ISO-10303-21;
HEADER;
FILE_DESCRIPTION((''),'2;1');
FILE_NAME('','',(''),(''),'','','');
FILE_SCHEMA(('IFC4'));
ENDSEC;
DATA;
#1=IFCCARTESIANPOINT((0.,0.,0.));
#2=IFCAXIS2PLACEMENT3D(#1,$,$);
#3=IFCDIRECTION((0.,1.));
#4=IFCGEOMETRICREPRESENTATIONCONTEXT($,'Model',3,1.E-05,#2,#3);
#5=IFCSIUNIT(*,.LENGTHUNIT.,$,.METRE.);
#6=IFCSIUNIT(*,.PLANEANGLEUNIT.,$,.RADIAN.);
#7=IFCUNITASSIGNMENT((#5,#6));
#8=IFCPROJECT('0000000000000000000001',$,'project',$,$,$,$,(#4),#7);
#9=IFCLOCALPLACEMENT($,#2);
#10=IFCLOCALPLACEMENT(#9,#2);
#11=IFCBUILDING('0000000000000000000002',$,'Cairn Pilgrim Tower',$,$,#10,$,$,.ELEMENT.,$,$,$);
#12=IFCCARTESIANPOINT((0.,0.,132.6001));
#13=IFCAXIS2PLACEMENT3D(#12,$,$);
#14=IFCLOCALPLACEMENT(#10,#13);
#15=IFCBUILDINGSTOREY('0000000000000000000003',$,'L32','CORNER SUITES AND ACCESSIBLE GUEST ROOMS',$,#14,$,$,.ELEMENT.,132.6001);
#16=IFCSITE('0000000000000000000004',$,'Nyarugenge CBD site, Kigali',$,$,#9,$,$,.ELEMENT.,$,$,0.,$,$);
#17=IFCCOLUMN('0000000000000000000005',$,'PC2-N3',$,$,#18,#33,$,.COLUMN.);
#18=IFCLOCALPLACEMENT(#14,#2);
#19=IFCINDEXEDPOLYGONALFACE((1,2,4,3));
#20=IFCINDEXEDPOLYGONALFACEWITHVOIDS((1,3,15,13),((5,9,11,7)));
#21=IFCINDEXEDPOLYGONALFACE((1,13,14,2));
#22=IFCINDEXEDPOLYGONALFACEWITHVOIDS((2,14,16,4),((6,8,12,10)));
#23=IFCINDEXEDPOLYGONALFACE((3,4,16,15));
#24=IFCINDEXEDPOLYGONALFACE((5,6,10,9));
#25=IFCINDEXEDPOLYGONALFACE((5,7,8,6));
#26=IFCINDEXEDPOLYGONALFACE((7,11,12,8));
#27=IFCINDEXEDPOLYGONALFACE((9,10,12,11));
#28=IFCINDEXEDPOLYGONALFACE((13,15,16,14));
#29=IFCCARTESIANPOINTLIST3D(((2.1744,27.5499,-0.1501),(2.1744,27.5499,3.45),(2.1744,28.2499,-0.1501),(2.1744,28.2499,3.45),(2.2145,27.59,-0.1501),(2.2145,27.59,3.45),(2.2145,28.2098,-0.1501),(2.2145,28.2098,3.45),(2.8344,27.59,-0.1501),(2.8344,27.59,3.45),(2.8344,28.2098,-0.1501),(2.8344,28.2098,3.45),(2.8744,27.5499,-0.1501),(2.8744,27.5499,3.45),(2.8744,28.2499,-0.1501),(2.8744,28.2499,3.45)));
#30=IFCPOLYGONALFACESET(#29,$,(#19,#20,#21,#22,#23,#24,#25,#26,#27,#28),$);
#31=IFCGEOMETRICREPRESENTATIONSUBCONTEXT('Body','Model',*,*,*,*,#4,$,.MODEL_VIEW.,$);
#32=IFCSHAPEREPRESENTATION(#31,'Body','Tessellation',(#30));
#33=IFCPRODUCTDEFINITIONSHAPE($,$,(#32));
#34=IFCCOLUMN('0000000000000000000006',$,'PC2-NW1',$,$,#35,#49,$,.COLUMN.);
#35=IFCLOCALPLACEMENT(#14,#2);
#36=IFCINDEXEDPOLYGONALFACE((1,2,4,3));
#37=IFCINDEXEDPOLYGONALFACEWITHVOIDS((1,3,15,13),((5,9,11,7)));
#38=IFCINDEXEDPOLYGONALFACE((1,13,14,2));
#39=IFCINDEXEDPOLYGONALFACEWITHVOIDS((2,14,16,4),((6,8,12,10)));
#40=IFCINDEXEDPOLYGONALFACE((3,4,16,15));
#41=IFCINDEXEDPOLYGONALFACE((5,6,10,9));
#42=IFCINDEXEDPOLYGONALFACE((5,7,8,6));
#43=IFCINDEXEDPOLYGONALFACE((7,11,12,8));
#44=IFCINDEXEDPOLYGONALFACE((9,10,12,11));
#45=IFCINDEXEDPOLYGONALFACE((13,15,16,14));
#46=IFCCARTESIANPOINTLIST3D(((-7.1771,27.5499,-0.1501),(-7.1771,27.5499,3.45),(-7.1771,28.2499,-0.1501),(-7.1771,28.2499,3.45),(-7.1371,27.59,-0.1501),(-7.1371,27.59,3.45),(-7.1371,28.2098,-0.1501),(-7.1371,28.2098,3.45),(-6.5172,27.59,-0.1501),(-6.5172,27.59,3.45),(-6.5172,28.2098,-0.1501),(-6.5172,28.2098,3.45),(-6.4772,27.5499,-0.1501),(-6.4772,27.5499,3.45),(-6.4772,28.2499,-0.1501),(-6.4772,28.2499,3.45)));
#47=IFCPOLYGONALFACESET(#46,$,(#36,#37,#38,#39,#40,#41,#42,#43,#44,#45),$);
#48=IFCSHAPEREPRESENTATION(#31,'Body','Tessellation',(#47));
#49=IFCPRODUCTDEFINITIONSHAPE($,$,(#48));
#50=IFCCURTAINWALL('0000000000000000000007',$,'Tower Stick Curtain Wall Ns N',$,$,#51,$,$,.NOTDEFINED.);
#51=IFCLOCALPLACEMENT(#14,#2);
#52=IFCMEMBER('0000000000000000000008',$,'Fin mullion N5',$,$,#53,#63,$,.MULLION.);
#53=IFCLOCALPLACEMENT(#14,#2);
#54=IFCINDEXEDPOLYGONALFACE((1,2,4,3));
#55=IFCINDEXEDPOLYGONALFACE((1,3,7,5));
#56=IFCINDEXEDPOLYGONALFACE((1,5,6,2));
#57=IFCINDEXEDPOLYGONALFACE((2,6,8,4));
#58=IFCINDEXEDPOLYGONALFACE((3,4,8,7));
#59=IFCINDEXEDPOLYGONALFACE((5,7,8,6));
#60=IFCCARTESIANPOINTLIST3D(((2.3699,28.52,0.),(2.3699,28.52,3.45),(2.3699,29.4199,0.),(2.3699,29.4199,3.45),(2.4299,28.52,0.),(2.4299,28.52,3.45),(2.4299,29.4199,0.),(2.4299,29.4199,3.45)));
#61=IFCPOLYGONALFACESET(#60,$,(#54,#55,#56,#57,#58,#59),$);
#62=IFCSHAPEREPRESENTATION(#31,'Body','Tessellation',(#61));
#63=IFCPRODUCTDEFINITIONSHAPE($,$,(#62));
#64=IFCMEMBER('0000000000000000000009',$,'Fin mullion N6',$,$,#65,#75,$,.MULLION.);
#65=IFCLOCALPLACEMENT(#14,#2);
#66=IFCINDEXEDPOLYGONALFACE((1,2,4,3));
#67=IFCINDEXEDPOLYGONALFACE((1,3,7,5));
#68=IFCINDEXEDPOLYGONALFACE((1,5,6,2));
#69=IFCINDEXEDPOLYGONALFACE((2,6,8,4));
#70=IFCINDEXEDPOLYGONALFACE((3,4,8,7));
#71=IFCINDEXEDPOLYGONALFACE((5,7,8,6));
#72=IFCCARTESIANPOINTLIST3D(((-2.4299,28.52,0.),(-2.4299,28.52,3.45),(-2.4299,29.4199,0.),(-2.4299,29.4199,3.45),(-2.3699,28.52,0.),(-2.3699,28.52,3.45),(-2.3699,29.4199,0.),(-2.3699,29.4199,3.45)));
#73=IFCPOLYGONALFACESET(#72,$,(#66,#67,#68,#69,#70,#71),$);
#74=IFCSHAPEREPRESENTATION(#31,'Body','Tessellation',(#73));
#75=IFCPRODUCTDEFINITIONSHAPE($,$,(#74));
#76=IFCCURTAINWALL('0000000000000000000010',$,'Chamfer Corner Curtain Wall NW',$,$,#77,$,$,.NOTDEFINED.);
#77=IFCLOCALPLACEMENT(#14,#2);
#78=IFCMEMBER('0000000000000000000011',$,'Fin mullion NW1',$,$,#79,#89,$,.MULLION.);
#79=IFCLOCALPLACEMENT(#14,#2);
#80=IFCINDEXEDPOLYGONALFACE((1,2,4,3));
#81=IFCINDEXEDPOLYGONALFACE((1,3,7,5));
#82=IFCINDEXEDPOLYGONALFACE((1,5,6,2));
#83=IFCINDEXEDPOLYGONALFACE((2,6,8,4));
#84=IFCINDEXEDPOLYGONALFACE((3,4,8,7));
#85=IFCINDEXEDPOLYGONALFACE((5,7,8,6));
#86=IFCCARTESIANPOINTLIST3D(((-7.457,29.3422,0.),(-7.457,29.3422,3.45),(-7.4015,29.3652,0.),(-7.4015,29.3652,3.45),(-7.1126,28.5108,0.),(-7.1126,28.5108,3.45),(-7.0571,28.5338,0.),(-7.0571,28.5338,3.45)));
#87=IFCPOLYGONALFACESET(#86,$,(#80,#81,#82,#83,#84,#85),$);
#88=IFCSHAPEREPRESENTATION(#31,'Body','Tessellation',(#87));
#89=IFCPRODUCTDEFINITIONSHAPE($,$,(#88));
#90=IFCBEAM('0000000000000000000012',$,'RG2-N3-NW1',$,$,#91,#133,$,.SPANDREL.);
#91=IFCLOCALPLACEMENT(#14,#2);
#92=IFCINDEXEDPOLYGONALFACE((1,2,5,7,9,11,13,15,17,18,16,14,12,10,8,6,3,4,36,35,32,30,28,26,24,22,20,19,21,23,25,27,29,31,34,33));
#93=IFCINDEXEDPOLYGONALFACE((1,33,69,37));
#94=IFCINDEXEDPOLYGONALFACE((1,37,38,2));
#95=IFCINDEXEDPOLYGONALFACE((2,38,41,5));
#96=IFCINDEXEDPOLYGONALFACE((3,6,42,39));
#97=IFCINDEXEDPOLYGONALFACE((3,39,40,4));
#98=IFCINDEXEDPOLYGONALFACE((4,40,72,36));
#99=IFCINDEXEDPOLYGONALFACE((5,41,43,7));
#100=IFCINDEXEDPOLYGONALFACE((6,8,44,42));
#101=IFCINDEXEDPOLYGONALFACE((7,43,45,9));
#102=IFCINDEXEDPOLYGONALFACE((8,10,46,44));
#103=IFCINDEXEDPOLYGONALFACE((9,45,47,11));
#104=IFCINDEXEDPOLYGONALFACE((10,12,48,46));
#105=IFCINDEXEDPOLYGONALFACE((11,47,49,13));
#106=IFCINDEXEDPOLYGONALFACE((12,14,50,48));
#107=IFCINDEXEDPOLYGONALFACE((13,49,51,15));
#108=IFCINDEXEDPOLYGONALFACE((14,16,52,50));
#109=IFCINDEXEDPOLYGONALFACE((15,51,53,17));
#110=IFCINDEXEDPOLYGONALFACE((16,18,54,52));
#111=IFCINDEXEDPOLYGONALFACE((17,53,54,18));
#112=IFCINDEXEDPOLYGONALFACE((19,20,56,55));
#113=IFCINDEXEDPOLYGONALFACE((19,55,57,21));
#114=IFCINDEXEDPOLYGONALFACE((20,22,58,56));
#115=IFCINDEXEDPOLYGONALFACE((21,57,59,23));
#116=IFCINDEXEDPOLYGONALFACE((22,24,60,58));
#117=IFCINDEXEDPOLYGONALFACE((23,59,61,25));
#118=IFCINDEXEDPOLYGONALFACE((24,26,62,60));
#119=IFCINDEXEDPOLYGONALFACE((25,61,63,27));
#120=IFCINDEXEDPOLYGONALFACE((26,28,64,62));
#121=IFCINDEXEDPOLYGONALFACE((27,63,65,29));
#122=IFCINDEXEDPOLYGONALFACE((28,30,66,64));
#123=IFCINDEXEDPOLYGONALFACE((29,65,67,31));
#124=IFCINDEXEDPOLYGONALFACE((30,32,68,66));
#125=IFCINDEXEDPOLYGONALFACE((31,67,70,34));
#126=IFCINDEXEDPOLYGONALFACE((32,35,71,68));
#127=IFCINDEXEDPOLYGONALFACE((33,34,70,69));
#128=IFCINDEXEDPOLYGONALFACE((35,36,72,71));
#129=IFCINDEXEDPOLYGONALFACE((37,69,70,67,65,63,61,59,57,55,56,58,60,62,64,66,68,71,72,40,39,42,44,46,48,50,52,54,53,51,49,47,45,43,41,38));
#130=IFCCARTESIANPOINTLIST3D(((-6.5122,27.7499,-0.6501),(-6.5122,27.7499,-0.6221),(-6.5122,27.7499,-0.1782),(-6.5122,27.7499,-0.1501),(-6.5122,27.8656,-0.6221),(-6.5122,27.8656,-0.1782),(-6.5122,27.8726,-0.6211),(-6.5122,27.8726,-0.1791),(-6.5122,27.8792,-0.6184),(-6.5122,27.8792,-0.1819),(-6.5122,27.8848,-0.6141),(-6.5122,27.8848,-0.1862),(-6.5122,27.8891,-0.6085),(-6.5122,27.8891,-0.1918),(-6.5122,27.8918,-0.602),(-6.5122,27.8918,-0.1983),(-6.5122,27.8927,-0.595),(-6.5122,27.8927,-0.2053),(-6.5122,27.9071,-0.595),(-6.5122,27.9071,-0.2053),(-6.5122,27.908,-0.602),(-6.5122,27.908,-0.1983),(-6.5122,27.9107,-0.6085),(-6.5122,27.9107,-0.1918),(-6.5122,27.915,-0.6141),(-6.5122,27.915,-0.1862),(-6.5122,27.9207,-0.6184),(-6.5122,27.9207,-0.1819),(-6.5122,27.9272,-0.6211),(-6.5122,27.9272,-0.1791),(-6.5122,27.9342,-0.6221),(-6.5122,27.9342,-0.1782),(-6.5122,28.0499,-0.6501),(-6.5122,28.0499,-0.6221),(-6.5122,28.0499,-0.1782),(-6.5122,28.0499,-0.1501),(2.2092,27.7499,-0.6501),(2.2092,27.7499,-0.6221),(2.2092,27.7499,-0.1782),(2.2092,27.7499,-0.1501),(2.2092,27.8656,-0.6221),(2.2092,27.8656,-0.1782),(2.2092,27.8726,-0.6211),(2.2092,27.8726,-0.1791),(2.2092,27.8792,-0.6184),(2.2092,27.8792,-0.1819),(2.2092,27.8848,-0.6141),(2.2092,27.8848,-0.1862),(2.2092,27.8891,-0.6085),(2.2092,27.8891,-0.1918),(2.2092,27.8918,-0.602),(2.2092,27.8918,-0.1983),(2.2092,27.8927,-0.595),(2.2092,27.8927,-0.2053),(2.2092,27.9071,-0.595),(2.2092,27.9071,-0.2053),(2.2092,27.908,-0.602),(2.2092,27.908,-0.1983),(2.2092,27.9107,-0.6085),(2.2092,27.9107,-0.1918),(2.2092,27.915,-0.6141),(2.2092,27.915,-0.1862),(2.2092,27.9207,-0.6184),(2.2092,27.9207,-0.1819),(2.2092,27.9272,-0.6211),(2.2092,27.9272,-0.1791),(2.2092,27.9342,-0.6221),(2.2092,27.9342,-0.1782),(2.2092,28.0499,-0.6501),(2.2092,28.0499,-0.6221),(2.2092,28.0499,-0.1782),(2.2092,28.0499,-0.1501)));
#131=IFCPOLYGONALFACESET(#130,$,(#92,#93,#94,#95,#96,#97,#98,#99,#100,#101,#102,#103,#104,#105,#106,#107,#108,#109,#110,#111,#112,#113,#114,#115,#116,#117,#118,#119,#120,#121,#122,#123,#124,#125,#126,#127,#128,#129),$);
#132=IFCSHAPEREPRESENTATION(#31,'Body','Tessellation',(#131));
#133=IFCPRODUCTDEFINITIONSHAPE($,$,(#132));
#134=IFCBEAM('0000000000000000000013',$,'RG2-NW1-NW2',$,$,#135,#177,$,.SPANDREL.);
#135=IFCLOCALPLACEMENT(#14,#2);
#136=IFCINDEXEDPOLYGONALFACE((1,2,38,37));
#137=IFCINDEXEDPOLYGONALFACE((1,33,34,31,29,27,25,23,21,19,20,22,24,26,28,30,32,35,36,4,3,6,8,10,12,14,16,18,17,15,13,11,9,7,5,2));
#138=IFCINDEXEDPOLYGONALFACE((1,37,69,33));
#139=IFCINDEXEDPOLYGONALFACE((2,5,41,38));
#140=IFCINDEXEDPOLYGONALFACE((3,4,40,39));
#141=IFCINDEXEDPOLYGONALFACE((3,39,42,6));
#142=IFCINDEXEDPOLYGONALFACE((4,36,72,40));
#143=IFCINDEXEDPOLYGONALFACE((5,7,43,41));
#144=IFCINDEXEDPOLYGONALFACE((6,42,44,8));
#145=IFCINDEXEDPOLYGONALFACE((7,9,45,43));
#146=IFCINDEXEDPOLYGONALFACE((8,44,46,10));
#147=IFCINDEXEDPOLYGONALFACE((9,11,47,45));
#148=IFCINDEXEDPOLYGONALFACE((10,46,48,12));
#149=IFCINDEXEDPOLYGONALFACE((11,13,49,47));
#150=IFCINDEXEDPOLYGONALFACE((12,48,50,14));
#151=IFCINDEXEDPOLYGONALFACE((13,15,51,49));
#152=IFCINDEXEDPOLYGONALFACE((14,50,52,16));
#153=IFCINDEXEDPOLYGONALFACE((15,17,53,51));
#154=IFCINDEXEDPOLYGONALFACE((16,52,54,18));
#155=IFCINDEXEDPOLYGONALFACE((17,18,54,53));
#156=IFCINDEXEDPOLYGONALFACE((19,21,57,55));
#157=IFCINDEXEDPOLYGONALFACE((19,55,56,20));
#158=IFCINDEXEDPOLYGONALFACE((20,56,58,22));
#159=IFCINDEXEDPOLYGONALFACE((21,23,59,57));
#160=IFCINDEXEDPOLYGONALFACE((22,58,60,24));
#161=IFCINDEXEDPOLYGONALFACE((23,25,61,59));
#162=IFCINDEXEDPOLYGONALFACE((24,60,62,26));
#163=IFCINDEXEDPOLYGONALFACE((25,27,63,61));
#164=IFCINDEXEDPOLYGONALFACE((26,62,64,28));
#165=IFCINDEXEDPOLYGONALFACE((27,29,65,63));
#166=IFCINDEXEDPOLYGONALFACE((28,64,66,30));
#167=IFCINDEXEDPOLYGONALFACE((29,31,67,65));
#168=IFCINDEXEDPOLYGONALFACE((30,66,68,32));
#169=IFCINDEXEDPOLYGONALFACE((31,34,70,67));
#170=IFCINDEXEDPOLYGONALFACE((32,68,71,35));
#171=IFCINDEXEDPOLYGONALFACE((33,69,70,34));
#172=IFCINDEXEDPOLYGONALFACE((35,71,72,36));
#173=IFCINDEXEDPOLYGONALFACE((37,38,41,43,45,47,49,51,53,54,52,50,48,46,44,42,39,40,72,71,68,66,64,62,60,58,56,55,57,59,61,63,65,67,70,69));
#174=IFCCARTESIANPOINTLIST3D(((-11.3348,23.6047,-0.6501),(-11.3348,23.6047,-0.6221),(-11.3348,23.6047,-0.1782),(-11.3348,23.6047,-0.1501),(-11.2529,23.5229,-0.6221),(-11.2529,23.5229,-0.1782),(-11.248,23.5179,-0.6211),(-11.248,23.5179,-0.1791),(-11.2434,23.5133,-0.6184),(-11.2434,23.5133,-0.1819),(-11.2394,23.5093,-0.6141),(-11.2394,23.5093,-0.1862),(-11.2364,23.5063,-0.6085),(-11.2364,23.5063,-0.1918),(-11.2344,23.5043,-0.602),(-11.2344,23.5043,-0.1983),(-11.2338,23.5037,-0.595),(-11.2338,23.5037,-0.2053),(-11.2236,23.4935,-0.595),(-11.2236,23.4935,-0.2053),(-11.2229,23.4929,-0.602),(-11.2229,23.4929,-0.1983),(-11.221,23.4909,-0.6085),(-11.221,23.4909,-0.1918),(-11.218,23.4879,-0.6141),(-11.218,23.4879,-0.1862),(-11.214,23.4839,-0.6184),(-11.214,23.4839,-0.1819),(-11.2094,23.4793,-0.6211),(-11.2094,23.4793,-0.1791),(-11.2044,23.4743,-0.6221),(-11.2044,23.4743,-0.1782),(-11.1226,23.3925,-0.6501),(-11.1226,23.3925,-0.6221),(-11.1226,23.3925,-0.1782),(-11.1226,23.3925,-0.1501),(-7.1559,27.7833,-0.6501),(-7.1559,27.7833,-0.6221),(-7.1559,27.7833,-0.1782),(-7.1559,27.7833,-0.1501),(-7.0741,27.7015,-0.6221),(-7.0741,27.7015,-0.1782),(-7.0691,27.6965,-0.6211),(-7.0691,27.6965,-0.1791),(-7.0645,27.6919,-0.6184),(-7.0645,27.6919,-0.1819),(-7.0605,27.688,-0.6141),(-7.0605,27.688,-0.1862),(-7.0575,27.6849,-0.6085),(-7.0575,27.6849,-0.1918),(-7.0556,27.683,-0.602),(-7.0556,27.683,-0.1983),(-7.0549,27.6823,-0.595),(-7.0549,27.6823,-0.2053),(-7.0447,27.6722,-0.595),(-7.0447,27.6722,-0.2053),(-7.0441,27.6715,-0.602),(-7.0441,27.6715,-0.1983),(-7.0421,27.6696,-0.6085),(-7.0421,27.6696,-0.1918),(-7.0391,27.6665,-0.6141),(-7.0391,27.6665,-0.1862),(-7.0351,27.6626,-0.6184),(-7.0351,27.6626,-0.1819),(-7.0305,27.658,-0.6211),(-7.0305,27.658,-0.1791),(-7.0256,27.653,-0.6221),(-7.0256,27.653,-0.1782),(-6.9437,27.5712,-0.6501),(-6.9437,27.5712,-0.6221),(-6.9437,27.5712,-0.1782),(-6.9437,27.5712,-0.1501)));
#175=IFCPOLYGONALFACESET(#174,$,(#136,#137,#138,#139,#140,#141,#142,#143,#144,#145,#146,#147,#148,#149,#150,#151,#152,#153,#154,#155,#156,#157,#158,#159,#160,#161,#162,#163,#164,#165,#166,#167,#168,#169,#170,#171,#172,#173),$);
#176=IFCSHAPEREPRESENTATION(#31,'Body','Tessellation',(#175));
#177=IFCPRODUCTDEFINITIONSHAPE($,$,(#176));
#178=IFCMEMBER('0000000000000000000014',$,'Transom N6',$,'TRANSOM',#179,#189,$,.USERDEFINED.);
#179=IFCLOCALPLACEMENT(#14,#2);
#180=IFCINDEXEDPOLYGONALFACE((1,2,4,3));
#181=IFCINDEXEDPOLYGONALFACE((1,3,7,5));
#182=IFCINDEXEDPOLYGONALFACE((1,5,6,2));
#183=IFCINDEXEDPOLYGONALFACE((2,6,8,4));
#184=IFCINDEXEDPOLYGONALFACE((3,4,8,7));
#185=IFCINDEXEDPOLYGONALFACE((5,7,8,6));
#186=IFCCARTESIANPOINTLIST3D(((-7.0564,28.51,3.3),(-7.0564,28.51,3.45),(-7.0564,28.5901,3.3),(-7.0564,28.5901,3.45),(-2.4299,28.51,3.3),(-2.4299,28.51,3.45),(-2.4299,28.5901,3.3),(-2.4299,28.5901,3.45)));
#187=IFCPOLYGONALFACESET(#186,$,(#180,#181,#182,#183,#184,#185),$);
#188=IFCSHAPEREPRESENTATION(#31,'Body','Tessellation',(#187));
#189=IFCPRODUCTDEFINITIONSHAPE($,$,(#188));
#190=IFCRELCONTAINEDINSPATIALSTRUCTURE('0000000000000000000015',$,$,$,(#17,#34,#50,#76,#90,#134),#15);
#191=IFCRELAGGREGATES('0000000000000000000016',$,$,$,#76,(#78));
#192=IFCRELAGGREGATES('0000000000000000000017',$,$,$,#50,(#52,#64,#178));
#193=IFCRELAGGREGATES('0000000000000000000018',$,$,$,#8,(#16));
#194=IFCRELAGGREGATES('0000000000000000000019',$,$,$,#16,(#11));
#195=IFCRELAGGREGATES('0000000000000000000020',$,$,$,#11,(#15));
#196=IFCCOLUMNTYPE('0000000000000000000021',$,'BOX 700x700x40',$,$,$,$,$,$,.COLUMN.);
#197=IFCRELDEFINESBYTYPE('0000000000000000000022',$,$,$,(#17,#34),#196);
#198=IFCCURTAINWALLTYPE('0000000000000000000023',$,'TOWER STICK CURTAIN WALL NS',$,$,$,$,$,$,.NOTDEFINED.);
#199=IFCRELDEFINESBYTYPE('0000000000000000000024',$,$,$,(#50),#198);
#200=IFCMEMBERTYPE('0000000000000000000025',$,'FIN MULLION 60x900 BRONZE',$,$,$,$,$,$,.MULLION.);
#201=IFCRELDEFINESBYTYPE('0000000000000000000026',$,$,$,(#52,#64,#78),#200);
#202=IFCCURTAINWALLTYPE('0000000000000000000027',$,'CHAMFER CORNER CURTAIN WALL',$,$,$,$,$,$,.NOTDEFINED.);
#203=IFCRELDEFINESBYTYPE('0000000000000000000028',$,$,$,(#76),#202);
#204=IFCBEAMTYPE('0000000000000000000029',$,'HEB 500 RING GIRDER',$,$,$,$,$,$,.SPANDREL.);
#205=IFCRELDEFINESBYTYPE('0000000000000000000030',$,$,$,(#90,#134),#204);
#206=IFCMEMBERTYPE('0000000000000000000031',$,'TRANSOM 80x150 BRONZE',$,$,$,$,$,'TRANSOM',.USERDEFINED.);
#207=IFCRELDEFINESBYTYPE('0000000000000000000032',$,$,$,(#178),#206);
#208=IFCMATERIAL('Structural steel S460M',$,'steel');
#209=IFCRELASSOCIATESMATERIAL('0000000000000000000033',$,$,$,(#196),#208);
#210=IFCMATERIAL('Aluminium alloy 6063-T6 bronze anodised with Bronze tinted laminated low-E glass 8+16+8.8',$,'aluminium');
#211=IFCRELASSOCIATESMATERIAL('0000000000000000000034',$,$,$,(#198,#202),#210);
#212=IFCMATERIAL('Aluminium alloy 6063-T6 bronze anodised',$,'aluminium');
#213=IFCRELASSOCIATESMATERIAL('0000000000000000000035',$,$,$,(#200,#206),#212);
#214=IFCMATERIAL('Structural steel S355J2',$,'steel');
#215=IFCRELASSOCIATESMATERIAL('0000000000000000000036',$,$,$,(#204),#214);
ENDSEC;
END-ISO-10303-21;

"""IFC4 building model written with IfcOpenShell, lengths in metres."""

from ifc_helpers import new_model, si_unit, direction, frame, origin, origin_2d, place, context, subcontext, project, spatial, rectangle, hollow_rectangle, i_section, extrude, material, material_profile, profile_set, type_object, element, aggregate, save


model = new_model("IFC4")

# Units and contexts
model_context = context("Model", 3, precision=1e-05, world=origin(), true_north=direction((0.0, 1.0)))
body_context = subcontext(model_context, "Body", "Model", "MODEL_VIEW")
ifc_project = project(units=[si_unit("LENGTHUNIT", "METRE"), si_unit("PLANEANGLEUNIT", "RADIAN")], contexts=[model_context])

# Site, building, storey
site_placement = place(None, origin())
site = spatial("IfcSite", under=ifc_project, at=site_placement, Name="Nyarugenge CBD site, Kigali", CompositionType="ELEMENT", RefElevation=0.0)
building_placement = place(site_placement, origin())
building = spatial("IfcBuilding", under=site, at=building_placement, Name="Cairn Pilgrim Tower", CompositionType="ELEMENT")
storey_placement = place(building_placement, frame((0.0, 0.0, 132.6001)))
storey = spatial("IfcBuildingStorey", under=building, at=storey_placement, Name="L32", Description="CORNER SUITES AND ACCESSIBLE GUEST ROOMS", CompositionType="ELEMENT", Elevation=132.6001)

# Columns
ifc_material_1 = material(Name="Structural steel S460M", Category="steel")
ifc_material_profile_1 = material_profile(ifc_material_1, hollow_rectangle(XDim=0.7, YDim=0.7, WallThickness=0.04, at=origin_2d()), Name="BOX 700x700x40")
ifc_profile_set_1 = profile_set([ifc_material_profile_1], Name="Structural steel S460M")
column_type = type_object("IfcColumnType", Name="BOX 700x700x40", PredefinedType="COLUMN", material=ifc_profile_set_1)
for number, where, z_axis, x_axis, name in (
    (1, (2.5244, 27.8999, -0.1501), (0.0, 0.0, 1.0), (1.0, 0.0, 0.0), "PC2-N3"),
    (2, (-6.8271, 27.8999, -0.1501), (0.0, 0.0, 1.0), (1.0, 0.0, 0.0), "PC2-NW1"),
):
    element("IfcColumn", number, at=place(storey_placement, frame(where, z_axis=z_axis, x_axis=x_axis)), inside=storey, type_object=column_type, Name=name, PredefinedType="COLUMN", context=body_context, shape_type="SweptSolid", body=[
        extrude(hollow_rectangle(XDim=0.7, YDim=0.7, WallThickness=0.04, at=origin_2d()), origin(), (0.0, 0.0, 1.0), 3.6001),
    ])

# Curtain wall, members
ifc_material_2 = material(Name="Aluminium alloy 6063-T6 bronze anodised with Bronze tinted laminated low-E glass 8+16+8.8", Category="aluminium")
curtain_wall_type_1 = type_object("IfcCurtainWallType", Name="TOWER STICK CURTAIN WALL NS", PredefinedType="NOTDEFINED", material=ifc_material_2)
curtain_wall_1_placement = place(storey_placement, origin())
curtain_wall_1 = element("IfcCurtainWall", 3, at=curtain_wall_1_placement, inside=storey, type_object=curtain_wall_type_1, Name="Tower Stick Curtain Wall Ns N", PredefinedType="NOTDEFINED")
ifc_material_3 = material(Name="Aluminium alloy 6063-T6 bronze anodised", Category="aluminium")
ifc_material_profile_2 = material_profile(ifc_material_3, rectangle(XDim=0.8999, YDim=0.0601, at=origin_2d()), Name="FIN MULLION 60x900 BRONZE")
ifc_profile_set_2 = profile_set([ifc_material_profile_2], Name="Aluminium alloy 6063-T6 bronze anodised")
member_type_1 = type_object("IfcMemberType", Name="FIN MULLION 60x900 BRONZE", PredefinedType="MULLION", material=ifc_profile_set_2)
member_1_placement = place(storey_placement, frame((2.3999, 28.97, 0.0), z_axis=(0.0, 0.0, 1.0), x_axis=(0.0, 1.0, 0.0)))
member_1 = element("IfcMember", 4, at=member_1_placement, type_object=member_type_1, Name="Fin mullion N5", PredefinedType="MULLION", context=body_context, shape_type="SweptSolid", body=[
    extrude(rectangle(XDim=0.8999, YDim=0.0601, at=origin_2d()), origin(), (0.0, 0.0, 1.0), 3.45),
])
member_2_placement = place(storey_placement, frame((-2.3999, 28.97, 0.0), z_axis=(0.0, 0.0, 1.0), x_axis=(0.0, 1.0, 0.0)))
member_2 = element("IfcMember", 5, at=member_2_placement, type_object=member_type_1, Name="Fin mullion N6", PredefinedType="MULLION", context=body_context, shape_type="SweptSolid", body=[
    extrude(rectangle(XDim=0.8999, YDim=0.0601, at=origin_2d()), origin(), (0.0, 0.0, 1.0), 3.45),
])

# Curtain wall, member
curtain_wall_type_2 = type_object("IfcCurtainWallType", Name="CHAMFER CORNER CURTAIN WALL", PredefinedType="NOTDEFINED", material=ifc_material_2)
curtain_wall_2_placement = place(storey_placement, origin())
curtain_wall_2 = element("IfcCurtainWall", 6, at=curtain_wall_2_placement, inside=storey, type_object=curtain_wall_type_2, Name="Chamfer Corner Curtain Wall NW", PredefinedType="NOTDEFINED")
member_3_placement = place(storey_placement, frame((-7.2571, 28.938, 0.0), z_axis=(0.0, 0.0, 1.0), x_axis=(-0.382683, 0.92388, 0.0)))
member_3 = element("IfcMember", 7, at=member_3_placement, type_object=member_type_1, Name="Fin mullion NW1", PredefinedType="MULLION", context=body_context, shape_type="SweptSolid", body=[
    extrude(rectangle(XDim=0.8999, YDim=0.0601, at=origin_2d()), origin(), (0.0, 0.0, 1.0), 3.45),
])
aggregate(curtain_wall_2, [member_3])

# Beams
ifc_material_4 = material(Name="Structural steel S355J2", Category="steel")
ifc_material_profile_3 = material_profile(ifc_material_4, i_section(OverallWidth=0.3, OverallDepth=0.5, WebThickness=0.0144, FlangeThickness=0.0281, FilletRadius=0.0271, at=origin_2d()), Name="HEB 500")
ifc_profile_set_3 = profile_set([ifc_material_profile_3], Name="Structural steel S355J2")
beam_type = type_object("IfcBeamType", Name="HEB 500 RING GIRDER", PredefinedType="SPANDREL", material=ifc_profile_set_3)
beam_1_placement = place(storey_placement, frame((2.2092, 27.8999, -0.4001), z_axis=(-1.0, 0.0, 0.0), x_axis=(0.0, -1.0, 0.0)))
element("IfcBeam", 8, at=beam_1_placement, inside=storey, type_object=beam_type, Name="RG2-N3-NW1", PredefinedType="SPANDREL", context=body_context, shape_type="SweptSolid", body=[
    extrude(i_section(OverallWidth=0.3, OverallDepth=0.5, WebThickness=0.0144, FlangeThickness=0.0281, FilletRadius=0.0271, at=origin_2d()), origin(), (0.0, 0.0, 1.0), 8.7214),
])
beam_2_placement = place(storey_placement, frame((-7.0498, 27.6772, -0.4001), z_axis=(-0.707127, -0.707086, 0.0), x_axis=(0.707086, -0.707127, 0.0)))
element("IfcBeam", 9, at=beam_2_placement, inside=storey, type_object=beam_type, Name="RG2-NW1-NW2", PredefinedType="SPANDREL", context=body_context, shape_type="SweptSolid", body=[
    extrude(i_section(OverallWidth=0.3, OverallDepth=0.5, WebThickness=0.0144, FlangeThickness=0.0281, FilletRadius=0.0271, at=origin_2d()), origin(), (0.0, 0.0, 1.0), 5.9097),
])

# Member
ifc_material_profile_4 = material_profile(ifc_material_3, rectangle(XDim=0.0801, YDim=0.1499, at=origin_2d()), Name="TRANSOM 80x150 BRONZE")
ifc_profile_set_4 = profile_set([ifc_material_profile_4], Name="Aluminium alloy 6063-T6 bronze anodised")
member_type_2 = type_object("IfcMemberType", Name="TRANSOM 80x150 BRONZE", ElementType="TRANSOM", PredefinedType="USERDEFINED", material=ifc_profile_set_4)
member_4_placement = place(storey_placement, frame((-2.4299, 28.55, 3.375), z_axis=(-1.0, 0.0, 0.0), x_axis=(0.0, -1.0, 0.0)))
member_4 = element("IfcMember", 10, at=member_4_placement, type_object=member_type_2, Name="Transom N6", ObjectType="TRANSOM", PredefinedType="USERDEFINED", context=body_context, shape_type="SweptSolid", body=[
    extrude(rectangle(XDim=0.0801, YDim=0.1499, at=origin_2d()), origin(), (0.0, 0.0, 1.0), 4.6265),
])

aggregate(curtain_wall_1, [member_1, member_2, member_4])

save(model, "model.ifc")
